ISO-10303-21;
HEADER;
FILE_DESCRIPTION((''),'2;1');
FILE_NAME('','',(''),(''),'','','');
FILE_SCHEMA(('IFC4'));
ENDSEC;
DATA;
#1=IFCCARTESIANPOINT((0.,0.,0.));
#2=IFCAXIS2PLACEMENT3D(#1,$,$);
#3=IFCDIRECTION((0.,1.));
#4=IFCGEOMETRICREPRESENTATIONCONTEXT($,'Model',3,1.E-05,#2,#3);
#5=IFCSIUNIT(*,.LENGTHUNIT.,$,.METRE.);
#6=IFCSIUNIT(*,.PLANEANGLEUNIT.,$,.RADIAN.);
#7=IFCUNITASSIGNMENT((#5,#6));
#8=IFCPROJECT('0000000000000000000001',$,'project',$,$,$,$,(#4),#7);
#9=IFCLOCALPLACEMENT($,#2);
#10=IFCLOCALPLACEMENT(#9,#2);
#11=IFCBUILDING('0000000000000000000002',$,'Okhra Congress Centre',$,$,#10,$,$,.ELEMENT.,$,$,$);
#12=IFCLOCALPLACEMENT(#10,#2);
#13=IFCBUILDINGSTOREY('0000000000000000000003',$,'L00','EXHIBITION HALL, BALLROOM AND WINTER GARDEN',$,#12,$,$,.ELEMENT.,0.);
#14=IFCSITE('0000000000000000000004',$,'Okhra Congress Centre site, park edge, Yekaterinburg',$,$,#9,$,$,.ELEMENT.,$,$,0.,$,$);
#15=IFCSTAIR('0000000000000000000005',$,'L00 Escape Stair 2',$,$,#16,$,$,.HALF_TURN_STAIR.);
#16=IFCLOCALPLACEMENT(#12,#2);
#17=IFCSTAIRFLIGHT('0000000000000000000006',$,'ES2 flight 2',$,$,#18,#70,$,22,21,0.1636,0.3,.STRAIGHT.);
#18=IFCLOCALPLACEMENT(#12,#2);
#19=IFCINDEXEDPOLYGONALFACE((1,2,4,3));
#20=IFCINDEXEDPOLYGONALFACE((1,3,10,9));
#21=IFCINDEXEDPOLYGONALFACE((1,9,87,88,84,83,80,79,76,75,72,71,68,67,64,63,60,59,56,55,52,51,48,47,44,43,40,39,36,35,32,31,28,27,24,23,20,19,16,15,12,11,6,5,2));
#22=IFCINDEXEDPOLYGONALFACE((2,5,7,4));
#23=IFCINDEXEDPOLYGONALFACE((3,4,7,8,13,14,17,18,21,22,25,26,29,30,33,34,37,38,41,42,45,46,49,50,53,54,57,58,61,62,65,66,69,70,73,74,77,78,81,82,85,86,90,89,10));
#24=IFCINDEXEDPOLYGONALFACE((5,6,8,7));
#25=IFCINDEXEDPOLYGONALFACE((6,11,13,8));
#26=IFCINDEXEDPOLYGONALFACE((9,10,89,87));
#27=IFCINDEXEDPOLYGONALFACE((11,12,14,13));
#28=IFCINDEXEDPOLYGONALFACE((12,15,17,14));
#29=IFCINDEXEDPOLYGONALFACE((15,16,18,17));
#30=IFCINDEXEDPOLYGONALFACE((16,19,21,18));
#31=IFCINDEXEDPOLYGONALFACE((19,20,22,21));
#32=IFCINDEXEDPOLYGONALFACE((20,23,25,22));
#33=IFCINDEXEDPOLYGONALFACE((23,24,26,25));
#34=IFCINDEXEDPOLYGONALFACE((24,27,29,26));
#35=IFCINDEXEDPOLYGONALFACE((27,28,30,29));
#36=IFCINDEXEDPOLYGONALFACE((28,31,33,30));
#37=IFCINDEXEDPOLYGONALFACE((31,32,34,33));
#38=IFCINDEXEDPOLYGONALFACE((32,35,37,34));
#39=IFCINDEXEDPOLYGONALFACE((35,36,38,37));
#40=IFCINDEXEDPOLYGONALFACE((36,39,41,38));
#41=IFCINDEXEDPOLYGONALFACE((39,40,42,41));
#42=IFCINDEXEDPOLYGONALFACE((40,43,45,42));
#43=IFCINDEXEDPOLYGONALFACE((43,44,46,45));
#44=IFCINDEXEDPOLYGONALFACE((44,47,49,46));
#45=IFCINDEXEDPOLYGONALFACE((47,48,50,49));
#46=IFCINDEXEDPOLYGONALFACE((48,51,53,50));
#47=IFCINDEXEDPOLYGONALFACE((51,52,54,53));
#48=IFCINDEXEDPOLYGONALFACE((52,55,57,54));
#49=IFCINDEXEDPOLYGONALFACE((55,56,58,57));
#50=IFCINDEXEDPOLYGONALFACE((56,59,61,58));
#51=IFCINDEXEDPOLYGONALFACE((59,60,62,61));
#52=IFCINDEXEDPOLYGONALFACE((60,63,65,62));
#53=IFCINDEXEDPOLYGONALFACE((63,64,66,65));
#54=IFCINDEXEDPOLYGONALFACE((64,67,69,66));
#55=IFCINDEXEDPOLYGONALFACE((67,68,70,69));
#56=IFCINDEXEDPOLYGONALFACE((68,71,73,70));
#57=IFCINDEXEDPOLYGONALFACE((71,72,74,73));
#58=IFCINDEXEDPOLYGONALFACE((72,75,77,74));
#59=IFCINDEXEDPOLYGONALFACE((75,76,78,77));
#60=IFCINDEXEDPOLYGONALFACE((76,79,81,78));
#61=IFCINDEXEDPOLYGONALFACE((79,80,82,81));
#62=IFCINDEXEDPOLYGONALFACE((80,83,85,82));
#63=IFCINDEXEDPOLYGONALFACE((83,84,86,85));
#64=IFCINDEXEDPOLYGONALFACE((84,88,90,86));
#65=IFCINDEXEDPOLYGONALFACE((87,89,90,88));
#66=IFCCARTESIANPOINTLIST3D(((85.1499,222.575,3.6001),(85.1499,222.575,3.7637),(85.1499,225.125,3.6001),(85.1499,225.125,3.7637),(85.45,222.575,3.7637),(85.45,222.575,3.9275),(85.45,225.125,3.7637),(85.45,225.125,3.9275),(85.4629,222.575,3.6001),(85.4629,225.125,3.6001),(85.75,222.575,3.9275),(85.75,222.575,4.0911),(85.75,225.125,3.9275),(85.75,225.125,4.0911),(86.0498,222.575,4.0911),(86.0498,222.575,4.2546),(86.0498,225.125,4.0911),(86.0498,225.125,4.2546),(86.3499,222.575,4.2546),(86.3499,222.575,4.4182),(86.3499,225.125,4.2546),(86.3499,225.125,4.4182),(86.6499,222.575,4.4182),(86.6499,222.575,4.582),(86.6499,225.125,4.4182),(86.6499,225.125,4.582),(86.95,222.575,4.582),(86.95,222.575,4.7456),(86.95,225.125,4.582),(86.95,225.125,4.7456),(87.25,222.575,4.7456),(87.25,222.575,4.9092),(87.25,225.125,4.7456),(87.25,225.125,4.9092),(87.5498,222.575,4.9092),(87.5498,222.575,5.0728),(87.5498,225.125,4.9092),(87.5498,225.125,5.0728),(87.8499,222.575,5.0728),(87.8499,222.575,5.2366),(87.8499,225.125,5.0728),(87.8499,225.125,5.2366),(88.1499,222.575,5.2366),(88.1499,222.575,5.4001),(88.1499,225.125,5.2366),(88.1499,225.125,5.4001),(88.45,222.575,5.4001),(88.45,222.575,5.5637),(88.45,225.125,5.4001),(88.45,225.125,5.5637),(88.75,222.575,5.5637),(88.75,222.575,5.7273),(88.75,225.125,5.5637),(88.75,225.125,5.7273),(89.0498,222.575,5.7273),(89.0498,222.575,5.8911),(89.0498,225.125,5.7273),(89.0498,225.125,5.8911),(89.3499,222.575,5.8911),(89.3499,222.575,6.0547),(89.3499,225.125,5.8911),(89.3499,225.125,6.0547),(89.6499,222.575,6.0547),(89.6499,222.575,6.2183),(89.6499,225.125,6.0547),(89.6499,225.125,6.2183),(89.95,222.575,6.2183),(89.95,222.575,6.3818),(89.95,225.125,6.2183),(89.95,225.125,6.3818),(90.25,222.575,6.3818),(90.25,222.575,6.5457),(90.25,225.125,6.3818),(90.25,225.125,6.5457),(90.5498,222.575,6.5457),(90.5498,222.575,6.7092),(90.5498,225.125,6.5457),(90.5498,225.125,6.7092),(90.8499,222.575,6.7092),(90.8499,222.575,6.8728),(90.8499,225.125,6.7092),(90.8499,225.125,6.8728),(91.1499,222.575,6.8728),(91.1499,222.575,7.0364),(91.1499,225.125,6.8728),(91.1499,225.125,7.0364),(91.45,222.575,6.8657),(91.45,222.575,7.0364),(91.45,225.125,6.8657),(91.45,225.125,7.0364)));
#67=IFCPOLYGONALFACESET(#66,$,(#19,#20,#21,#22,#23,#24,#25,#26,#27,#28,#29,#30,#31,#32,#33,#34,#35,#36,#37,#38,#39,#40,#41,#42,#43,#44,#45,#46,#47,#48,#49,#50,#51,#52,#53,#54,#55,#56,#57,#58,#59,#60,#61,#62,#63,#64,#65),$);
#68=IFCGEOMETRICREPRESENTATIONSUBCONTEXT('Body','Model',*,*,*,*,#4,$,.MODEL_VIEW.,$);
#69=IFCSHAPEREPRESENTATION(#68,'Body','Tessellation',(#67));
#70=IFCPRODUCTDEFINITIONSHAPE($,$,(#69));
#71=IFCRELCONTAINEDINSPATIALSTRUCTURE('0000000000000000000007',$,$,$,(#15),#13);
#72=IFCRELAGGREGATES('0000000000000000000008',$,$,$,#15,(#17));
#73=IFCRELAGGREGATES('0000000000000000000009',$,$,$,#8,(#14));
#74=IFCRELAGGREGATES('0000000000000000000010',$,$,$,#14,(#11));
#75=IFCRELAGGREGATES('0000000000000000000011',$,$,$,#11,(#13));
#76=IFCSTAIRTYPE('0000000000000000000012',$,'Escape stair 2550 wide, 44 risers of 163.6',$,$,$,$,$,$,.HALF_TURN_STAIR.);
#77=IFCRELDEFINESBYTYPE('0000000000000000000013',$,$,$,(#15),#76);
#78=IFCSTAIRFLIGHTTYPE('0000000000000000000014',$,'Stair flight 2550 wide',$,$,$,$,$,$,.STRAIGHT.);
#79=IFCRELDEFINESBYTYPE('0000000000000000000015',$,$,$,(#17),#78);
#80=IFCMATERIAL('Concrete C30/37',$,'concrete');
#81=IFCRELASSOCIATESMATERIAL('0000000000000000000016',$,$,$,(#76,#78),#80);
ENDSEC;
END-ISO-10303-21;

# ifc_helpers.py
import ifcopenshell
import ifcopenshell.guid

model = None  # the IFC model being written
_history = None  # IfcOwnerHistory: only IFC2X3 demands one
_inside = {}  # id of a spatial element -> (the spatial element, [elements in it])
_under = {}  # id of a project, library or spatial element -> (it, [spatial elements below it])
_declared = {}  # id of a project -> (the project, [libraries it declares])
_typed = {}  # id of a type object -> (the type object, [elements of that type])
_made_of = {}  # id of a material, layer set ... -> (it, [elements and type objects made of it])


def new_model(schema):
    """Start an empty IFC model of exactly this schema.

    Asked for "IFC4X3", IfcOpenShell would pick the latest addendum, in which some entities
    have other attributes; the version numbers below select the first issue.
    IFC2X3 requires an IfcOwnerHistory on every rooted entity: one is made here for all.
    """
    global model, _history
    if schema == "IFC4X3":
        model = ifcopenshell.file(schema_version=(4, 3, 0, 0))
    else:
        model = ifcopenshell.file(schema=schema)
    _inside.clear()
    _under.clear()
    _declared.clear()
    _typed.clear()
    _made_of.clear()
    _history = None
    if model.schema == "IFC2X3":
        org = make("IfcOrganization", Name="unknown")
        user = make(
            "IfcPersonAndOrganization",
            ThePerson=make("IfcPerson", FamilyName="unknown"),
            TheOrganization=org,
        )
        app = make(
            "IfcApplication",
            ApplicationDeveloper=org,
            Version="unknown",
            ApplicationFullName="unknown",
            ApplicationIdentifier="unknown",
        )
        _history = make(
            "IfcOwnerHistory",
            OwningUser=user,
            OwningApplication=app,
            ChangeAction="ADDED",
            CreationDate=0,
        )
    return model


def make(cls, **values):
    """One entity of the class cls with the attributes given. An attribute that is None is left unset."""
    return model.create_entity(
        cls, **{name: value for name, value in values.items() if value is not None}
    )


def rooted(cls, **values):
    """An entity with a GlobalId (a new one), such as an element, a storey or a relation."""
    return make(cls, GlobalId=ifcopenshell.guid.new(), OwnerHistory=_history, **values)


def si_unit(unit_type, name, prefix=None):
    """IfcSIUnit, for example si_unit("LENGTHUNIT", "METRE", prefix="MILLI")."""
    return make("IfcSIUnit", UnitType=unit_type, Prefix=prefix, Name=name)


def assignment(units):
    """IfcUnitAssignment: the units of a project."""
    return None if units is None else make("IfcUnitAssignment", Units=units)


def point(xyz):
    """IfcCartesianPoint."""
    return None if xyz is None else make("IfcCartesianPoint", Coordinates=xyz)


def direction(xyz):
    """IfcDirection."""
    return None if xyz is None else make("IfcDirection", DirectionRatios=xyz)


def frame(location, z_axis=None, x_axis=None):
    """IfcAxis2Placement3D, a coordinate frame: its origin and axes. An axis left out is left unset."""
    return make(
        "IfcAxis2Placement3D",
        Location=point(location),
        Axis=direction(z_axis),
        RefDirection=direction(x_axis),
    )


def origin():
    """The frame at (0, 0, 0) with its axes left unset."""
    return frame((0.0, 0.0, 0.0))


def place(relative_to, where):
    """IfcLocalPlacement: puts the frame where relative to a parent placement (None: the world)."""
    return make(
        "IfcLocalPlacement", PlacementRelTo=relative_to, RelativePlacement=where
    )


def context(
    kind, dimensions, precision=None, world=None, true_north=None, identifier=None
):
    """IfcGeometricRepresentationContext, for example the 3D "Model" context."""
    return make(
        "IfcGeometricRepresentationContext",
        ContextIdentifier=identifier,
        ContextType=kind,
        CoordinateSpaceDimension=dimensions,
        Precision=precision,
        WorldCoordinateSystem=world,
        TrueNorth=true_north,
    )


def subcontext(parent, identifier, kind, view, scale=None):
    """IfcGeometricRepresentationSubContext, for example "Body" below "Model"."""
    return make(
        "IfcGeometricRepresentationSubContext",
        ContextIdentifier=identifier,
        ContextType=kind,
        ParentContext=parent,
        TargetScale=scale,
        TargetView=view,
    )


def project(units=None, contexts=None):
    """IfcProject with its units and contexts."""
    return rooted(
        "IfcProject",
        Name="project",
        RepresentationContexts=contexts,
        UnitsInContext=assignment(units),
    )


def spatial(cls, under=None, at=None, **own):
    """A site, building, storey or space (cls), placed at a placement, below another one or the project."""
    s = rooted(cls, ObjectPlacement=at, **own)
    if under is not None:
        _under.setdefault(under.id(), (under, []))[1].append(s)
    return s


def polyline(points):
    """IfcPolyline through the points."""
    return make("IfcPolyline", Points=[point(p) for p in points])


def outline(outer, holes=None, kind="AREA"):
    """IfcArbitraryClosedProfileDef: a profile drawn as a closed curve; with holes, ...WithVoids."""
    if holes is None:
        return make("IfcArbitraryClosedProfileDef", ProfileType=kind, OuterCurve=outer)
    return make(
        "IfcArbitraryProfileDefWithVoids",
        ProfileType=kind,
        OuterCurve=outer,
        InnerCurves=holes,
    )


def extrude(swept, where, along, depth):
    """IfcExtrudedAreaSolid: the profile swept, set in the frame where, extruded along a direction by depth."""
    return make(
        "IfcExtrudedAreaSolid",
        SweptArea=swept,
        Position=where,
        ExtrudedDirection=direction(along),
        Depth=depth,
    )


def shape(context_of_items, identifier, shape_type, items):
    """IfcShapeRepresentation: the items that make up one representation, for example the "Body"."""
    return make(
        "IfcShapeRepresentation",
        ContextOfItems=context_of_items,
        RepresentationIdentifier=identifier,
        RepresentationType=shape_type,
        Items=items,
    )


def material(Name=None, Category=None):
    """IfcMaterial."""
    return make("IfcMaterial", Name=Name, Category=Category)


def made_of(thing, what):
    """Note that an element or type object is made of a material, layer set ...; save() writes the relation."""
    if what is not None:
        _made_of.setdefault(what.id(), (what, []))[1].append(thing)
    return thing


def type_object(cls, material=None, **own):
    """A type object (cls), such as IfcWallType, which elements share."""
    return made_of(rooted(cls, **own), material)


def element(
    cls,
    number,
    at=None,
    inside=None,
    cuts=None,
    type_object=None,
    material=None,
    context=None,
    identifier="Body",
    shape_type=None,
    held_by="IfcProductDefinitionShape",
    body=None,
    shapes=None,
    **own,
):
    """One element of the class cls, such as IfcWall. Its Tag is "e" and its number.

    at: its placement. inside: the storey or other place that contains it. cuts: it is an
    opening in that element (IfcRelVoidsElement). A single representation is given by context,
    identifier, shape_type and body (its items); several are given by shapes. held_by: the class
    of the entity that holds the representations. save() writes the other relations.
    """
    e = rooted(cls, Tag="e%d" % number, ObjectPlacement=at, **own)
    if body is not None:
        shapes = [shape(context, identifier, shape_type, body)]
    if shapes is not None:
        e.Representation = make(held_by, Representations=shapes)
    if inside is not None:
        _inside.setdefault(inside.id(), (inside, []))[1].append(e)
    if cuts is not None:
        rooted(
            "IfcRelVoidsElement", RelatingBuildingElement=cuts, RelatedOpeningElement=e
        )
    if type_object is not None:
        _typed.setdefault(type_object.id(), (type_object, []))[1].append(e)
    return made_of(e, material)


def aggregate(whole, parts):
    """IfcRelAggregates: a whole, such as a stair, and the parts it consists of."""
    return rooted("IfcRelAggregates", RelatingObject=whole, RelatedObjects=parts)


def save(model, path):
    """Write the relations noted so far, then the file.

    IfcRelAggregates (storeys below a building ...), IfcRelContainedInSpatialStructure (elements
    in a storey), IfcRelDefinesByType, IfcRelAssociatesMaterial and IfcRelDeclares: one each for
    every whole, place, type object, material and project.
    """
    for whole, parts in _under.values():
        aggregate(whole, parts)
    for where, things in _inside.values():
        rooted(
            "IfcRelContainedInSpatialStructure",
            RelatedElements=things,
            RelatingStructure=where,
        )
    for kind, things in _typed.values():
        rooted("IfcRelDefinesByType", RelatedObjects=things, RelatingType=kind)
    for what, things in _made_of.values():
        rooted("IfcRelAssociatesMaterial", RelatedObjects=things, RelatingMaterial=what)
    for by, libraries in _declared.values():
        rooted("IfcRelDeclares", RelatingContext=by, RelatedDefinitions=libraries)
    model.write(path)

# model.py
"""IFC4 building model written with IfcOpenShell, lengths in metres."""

from ifc_helpers import new_model, si_unit, direction, frame, origin, place, context, subcontext, project, spatial, polyline, outline, extrude, material, type_object, element, aggregate, save


model = new_model("IFC4")

# Units and contexts
model_context = context("Model", 3, precision=1e-05, world=origin(), true_north=direction((0.0, 1.0)))
body_context = subcontext(model_context, "Body", "Model", "MODEL_VIEW")
ifc_project = project(units=[si_unit("LENGTHUNIT", "METRE"), si_unit("PLANEANGLEUNIT", "RADIAN")], contexts=[model_context])

# Site, building, storey
site_placement = place(None, origin())
site = spatial("IfcSite", under=ifc_project, at=site_placement, Name="Okhra Congress Centre site, park edge, Yekaterinburg", CompositionType="ELEMENT", RefElevation=0.0)
building_placement = place(site_placement, origin())
building = spatial("IfcBuilding", under=site, at=building_placement, Name="Okhra Congress Centre", CompositionType="ELEMENT")
storey_placement = place(building_placement, origin())
storey = spatial("IfcBuildingStorey", under=building, at=storey_placement, Name="L00", Description="EXHIBITION HALL, BALLROOM AND WINTER GARDEN", CompositionType="ELEMENT", Elevation=0.0)

# Shared definitions
ifc_material_1 = material(Name="Concrete C30/37", Category="concrete")

# Stair, stair flight
stair_type = type_object("IfcStairType", Name="Escape stair 2550 wide, 44 risers of 163.6", PredefinedType="HALF_TURN_STAIR", material=ifc_material_1)
stair_placement = place(storey_placement, origin())
stair = element("IfcStair", 1, at=stair_placement, inside=storey, type_object=stair_type, Name="L00 Escape Stair 2", PredefinedType="HALF_TURN_STAIR")
stair_flight_type = type_object("IfcStairFlightType", Name="Stair flight 2550 wide", PredefinedType="STRAIGHT", material=ifc_material_1)
stair_flight_1_placement = place(storey_placement, frame((85.1499, 223.8501, 3.6001), z_axis=(0.0, 0.0, 1.0), x_axis=(1.0, 0.0, 0.0)))
stair_flight_1 = element("IfcStairFlight", 2, at=stair_flight_1_placement, type_object=stair_flight_type, Name="ES2 flight 2", NumberOfRisers=22, NumberOfTreads=21, PredefinedType="STRAIGHT", RiserHeight=0.1636, TreadLength=0.3, context=body_context, shape_type="SweptSolid", body=[
    extrude(outline(polyline([(0.0, 0.0), (0.0, 0.1636), (0.3, 0.1636), (0.3, 0.3274), (0.6001, 0.3274), (0.6001, 0.491), (0.8999, 0.491), (0.8999, 0.6545), (1.2, 0.6545), (1.2, 0.8181), (1.5, 0.8181), (1.5, 0.9819), (1.8, 0.9819), (1.8, 1.1455), (2.1001, 1.1455), (2.1001, 1.3091), (2.3999, 1.3091), (2.3999, 1.4727), (2.7, 1.4727), (2.7, 1.6365), (3.0, 1.6365), (3.0, 1.8), (3.3, 1.8), (3.3, 1.9636), (3.6001, 1.9636), (3.6001, 2.1272), (3.8999, 2.1272), (3.8999, 2.291), (4.2, 2.291), (4.2, 2.4546), (4.5, 2.4546), (4.5, 2.6182), (4.8, 2.6182), (4.8, 2.7817), (5.1001, 2.7817), (5.1001, 2.9456), (5.3999, 2.9456), (5.3999, 3.1091), (5.7, 3.1091), (5.7, 3.2727), (6.0, 3.2727), (6.0, 3.4363), (6.3, 3.4363), (6.3, 3.6001), (6.3, 3.2656), (0.313, 0.0), (0.0, 0.0)])), frame((0.0, 1.2749, 0.0), z_axis=(0.0, -1.0, 0.0), x_axis=(1.0, 0.0, 0.0)), (0.0, 0.0, 1.0), 2.55),
])
aggregate(stair, [stair_flight_1])

save(model, "model.ifc")
